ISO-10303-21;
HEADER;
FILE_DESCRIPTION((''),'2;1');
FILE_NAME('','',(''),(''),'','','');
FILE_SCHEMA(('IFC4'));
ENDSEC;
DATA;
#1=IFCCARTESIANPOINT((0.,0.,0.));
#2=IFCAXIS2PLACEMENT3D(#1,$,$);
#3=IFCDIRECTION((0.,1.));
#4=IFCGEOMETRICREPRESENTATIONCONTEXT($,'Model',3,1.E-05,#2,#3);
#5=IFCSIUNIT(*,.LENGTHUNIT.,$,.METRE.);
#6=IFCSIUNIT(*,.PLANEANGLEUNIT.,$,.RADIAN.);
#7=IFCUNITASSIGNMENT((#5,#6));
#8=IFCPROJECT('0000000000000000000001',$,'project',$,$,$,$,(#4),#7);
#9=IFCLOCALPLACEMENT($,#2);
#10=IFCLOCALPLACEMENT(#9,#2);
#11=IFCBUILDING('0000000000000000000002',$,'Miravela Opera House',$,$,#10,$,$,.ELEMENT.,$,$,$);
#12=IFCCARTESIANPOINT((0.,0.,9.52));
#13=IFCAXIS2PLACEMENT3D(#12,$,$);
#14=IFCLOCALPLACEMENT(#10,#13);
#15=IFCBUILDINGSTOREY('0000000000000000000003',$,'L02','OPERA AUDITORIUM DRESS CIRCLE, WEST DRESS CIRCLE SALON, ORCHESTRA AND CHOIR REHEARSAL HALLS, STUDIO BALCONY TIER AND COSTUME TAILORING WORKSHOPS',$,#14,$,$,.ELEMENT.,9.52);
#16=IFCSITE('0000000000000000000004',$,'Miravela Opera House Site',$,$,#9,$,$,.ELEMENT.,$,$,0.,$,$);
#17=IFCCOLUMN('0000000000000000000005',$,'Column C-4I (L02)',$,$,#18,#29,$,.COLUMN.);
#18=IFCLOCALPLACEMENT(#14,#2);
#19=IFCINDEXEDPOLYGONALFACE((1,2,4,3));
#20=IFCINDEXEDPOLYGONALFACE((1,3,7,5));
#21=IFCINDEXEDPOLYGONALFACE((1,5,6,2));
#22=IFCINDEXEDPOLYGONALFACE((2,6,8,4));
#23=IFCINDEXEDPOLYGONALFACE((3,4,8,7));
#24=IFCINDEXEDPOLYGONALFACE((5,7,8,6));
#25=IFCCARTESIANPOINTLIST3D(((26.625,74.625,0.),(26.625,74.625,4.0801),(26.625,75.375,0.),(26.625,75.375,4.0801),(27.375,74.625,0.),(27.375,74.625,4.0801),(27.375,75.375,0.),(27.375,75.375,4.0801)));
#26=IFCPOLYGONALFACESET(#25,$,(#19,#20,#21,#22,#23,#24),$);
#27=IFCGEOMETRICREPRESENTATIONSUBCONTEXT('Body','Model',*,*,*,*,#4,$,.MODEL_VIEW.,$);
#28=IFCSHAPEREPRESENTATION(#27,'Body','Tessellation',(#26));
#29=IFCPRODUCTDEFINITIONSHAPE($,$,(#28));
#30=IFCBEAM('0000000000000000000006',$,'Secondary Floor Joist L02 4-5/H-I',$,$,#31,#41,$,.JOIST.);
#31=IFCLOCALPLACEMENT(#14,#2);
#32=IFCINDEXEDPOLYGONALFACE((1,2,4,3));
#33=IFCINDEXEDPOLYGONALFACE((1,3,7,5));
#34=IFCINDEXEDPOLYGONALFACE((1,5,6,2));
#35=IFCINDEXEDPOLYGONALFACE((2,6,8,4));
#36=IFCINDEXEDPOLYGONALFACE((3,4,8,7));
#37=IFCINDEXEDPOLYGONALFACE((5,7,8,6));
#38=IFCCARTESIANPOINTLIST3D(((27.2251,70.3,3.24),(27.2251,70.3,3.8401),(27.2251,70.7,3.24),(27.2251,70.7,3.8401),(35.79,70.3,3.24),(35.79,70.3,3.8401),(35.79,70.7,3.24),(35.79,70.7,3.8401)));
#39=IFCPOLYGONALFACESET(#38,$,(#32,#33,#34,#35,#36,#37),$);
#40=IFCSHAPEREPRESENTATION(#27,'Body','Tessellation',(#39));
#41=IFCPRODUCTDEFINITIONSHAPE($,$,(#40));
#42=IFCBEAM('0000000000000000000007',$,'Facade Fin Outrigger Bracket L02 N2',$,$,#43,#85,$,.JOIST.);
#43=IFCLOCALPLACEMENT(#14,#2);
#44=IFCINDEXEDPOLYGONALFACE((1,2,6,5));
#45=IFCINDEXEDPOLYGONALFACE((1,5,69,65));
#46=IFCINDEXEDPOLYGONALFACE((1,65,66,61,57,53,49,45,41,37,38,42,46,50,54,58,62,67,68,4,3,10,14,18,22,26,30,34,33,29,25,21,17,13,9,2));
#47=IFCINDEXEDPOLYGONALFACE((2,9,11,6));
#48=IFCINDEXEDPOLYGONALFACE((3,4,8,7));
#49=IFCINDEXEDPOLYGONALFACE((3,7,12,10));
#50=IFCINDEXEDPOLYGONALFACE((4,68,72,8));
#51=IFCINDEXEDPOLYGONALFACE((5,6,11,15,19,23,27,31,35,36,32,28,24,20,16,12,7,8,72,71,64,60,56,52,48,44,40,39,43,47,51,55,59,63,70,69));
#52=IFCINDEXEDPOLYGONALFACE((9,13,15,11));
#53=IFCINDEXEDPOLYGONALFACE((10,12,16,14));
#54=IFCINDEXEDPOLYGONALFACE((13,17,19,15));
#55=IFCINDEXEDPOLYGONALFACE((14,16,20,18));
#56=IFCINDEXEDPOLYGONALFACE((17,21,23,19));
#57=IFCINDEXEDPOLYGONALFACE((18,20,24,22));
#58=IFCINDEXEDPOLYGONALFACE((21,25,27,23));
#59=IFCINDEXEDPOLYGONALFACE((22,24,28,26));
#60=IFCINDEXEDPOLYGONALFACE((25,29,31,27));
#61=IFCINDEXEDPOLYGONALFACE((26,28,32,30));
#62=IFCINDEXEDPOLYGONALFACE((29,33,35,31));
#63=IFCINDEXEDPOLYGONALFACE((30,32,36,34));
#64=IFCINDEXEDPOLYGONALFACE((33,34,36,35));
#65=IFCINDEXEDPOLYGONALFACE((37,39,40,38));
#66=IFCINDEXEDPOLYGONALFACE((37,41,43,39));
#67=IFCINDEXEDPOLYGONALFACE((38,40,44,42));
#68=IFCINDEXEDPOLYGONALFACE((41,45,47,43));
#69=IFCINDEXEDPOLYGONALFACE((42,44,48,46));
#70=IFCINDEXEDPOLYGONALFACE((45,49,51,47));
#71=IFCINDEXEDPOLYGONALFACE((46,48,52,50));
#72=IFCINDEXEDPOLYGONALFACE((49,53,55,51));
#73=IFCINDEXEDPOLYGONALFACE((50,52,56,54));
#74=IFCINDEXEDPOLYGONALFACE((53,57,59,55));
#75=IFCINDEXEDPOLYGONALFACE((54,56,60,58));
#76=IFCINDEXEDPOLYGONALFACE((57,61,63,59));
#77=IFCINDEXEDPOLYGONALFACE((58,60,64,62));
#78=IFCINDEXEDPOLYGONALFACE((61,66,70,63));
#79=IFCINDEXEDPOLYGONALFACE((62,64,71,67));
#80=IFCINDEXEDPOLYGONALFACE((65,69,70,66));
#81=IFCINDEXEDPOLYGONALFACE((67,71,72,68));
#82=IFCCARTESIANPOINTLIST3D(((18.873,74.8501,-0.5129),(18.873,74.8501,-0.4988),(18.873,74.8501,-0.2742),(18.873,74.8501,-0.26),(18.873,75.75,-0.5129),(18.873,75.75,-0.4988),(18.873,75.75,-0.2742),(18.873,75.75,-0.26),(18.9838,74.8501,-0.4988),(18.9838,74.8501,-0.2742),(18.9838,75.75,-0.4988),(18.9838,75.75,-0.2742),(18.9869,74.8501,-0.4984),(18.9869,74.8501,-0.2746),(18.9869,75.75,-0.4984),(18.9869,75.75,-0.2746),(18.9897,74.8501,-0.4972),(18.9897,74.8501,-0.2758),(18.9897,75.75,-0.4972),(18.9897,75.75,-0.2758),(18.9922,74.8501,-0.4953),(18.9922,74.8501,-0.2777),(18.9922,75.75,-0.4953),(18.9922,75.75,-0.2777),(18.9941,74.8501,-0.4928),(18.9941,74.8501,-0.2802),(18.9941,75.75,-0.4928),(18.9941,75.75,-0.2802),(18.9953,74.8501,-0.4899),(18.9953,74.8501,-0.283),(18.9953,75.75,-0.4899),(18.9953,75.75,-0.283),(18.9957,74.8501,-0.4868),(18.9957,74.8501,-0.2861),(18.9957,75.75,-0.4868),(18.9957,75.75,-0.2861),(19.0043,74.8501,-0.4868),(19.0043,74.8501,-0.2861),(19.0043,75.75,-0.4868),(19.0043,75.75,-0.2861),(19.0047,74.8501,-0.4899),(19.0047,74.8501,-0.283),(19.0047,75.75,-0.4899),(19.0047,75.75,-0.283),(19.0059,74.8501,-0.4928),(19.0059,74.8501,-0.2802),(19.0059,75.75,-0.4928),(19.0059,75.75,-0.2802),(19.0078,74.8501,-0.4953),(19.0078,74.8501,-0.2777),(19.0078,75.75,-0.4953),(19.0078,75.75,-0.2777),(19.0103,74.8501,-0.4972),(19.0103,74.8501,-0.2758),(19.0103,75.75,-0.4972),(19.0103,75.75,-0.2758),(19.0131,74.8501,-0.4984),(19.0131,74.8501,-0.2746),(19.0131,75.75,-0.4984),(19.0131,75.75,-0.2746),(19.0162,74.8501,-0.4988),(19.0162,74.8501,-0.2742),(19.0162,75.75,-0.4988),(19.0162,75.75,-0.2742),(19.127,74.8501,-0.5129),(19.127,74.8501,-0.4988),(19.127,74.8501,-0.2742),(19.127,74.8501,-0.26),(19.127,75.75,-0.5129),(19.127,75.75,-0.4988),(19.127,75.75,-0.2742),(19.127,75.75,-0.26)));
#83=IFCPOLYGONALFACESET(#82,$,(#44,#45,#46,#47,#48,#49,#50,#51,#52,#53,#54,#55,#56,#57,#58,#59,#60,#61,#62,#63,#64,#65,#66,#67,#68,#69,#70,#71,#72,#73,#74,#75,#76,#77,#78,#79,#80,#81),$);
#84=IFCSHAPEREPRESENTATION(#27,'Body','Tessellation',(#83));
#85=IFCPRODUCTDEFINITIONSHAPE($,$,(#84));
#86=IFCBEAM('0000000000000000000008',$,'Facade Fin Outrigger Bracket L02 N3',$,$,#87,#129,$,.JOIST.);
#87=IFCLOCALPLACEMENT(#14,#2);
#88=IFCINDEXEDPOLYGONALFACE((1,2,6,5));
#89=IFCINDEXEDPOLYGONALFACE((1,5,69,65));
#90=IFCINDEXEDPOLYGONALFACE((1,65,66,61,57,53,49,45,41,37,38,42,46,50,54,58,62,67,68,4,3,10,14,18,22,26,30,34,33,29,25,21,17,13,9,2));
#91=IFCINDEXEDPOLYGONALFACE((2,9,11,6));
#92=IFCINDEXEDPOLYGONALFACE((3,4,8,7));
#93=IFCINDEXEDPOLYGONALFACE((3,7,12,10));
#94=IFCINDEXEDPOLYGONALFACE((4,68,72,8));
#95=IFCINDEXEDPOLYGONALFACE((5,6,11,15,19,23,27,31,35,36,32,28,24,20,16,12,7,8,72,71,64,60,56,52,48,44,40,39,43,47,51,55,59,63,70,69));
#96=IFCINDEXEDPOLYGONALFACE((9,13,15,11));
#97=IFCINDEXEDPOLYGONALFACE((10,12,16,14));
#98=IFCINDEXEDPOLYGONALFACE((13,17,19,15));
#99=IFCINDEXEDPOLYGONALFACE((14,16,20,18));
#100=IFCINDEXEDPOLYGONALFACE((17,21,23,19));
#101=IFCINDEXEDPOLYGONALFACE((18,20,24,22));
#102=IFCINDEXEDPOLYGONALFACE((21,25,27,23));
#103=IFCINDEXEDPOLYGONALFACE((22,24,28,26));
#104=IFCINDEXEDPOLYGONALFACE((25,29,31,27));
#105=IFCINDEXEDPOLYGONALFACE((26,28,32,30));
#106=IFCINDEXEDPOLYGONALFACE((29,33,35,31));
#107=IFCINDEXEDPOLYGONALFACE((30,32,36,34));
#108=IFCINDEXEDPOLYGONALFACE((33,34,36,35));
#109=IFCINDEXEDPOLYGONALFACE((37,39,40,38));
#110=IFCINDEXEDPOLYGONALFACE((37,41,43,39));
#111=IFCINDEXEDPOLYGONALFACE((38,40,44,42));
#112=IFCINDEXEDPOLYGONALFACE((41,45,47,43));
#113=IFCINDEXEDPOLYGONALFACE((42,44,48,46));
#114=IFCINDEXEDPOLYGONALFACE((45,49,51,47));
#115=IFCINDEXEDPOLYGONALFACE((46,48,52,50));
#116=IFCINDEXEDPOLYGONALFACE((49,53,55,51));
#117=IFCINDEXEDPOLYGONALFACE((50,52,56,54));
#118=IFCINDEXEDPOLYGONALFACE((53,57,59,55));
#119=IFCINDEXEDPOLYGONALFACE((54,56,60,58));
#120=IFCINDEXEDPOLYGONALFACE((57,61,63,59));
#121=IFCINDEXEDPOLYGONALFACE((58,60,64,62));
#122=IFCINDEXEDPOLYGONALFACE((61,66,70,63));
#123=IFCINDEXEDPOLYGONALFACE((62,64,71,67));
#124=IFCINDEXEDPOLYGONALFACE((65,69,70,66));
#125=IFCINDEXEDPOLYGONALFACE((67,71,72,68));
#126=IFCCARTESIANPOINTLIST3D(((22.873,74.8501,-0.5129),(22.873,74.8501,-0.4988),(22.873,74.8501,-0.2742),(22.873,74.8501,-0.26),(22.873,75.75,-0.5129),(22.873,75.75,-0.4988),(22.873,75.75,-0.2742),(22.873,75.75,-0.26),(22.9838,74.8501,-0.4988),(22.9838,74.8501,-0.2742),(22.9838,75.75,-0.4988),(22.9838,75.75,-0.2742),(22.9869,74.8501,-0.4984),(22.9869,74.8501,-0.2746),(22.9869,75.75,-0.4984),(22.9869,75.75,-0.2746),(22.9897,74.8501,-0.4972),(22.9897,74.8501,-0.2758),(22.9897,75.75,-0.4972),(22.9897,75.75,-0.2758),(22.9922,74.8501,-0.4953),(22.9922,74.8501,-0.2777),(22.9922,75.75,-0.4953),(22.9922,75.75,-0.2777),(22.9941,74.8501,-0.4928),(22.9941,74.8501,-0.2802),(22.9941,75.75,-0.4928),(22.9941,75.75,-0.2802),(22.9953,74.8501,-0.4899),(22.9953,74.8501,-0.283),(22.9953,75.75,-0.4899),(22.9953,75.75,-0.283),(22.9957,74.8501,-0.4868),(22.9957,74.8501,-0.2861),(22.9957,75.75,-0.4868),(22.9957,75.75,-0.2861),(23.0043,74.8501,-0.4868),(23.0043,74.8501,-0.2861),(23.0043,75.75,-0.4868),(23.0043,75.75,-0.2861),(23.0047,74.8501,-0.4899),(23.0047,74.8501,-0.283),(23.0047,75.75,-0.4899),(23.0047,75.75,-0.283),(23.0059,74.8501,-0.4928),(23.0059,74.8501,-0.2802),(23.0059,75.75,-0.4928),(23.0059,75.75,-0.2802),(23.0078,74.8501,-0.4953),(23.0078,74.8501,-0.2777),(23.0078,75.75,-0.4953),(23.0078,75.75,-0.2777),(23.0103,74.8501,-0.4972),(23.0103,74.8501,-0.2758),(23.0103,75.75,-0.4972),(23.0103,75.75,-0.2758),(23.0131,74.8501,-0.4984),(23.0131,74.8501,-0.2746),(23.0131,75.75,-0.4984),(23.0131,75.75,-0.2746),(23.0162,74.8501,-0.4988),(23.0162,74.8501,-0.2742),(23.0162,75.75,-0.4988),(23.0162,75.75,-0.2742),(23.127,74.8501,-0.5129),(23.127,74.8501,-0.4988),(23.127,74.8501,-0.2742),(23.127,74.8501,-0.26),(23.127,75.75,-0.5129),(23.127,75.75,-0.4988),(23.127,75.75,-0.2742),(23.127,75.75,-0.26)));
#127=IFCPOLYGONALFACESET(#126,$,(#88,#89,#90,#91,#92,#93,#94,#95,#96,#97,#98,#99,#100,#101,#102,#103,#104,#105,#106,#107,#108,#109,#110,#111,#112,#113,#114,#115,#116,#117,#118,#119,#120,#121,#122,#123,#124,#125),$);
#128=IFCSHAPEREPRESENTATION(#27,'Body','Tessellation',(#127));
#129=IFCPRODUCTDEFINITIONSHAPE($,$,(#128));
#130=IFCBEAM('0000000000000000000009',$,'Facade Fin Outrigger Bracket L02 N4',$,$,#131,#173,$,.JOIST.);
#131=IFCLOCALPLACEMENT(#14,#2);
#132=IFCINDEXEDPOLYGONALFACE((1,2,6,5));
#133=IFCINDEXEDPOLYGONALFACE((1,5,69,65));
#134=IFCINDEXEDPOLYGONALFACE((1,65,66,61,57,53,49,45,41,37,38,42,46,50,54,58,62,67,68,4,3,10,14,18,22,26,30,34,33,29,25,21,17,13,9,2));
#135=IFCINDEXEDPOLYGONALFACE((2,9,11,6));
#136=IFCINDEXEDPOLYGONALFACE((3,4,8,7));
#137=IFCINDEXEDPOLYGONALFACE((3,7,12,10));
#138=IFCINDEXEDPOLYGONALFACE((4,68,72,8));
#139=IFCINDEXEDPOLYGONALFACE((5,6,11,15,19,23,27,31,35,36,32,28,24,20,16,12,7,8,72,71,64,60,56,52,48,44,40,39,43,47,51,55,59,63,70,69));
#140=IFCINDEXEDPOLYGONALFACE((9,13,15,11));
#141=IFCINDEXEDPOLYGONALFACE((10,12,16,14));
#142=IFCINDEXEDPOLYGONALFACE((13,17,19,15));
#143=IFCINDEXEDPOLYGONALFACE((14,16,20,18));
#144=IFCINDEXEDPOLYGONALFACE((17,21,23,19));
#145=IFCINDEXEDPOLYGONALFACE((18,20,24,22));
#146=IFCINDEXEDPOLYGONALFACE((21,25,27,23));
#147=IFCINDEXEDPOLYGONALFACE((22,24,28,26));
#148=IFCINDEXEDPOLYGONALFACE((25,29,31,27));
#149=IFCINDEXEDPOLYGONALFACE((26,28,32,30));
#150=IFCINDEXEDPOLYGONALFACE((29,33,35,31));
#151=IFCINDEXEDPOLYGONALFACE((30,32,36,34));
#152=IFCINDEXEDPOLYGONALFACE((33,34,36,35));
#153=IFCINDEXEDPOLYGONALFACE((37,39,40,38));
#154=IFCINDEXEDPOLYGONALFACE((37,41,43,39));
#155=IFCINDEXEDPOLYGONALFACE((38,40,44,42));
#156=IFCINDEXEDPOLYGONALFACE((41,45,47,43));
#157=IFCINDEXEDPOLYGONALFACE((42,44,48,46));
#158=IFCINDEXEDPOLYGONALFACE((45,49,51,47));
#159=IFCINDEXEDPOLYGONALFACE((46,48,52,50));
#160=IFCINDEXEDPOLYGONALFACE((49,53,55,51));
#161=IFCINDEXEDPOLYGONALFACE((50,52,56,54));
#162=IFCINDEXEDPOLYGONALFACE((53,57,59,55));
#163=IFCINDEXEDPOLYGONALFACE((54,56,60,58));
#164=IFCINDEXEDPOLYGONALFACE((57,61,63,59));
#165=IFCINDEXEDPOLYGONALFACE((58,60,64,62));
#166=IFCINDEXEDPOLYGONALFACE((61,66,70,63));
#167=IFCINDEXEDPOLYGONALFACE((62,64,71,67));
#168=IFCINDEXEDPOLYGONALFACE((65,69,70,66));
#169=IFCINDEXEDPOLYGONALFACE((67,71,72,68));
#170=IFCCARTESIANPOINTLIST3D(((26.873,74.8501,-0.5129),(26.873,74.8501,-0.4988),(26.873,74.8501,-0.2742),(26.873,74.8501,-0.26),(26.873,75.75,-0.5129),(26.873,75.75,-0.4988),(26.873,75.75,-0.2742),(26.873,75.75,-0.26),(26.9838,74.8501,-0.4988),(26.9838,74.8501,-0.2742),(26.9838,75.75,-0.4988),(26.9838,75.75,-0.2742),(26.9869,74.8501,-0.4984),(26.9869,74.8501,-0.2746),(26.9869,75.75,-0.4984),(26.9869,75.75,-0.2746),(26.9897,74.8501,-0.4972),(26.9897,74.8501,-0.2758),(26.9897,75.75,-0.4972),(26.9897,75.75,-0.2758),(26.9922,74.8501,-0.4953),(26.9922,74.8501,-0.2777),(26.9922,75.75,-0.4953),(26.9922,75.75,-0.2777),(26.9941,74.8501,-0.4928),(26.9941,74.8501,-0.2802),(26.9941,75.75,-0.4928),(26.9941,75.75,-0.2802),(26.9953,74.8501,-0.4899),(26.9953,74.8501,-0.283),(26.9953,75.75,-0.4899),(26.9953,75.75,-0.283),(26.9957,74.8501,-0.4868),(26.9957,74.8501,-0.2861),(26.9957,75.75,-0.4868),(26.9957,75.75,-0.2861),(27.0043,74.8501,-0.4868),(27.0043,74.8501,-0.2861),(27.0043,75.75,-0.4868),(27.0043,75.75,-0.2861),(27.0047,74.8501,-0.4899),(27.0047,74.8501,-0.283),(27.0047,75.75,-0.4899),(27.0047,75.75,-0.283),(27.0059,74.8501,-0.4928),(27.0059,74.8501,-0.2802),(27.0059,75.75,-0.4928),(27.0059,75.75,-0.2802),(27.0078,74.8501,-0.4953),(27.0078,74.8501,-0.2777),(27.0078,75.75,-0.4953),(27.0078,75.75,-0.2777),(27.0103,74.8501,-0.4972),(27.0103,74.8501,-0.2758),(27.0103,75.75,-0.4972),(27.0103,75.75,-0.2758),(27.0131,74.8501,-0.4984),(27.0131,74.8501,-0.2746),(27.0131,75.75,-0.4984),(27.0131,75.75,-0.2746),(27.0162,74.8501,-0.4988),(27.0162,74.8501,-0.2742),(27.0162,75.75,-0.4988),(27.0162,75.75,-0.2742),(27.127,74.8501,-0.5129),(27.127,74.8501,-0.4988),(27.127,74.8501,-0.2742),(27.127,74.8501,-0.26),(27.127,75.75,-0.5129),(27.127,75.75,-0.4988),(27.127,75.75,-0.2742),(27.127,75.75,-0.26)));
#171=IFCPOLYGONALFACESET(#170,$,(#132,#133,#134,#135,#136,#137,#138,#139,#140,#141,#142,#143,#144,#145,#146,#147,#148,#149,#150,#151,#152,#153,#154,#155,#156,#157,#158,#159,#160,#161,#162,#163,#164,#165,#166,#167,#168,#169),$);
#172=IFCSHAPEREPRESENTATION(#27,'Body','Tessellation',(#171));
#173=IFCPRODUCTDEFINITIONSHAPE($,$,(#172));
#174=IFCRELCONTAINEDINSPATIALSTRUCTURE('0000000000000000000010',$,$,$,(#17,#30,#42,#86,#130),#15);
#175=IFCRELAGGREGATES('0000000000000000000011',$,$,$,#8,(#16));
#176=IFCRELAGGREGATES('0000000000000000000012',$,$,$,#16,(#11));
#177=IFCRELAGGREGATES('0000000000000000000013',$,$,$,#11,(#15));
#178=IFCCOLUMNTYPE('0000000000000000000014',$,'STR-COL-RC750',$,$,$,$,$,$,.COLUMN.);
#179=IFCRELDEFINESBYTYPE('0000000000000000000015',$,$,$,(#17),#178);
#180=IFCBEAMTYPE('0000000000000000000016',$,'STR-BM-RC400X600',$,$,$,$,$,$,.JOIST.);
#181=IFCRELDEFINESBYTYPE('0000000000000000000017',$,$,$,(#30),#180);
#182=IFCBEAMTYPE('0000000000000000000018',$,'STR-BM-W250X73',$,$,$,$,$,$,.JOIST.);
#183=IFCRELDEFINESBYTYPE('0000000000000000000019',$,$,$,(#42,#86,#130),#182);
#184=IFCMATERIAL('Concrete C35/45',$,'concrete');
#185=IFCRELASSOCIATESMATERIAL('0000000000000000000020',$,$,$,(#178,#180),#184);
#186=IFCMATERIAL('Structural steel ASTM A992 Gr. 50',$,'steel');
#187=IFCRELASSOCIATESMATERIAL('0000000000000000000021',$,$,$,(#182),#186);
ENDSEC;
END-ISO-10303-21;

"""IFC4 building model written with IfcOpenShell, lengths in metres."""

from ifc_helpers import new_model, si_unit, direction, frame, origin, origin_2d, place, context, subcontext, project, spatial, rectangle, i_section, extrude, material, material_profile, profile_set, type_object, element, save


model = new_model("IFC4")

# Units and contexts
model_context = context("Model", 3, precision=1e-05, world=origin(), true_north=direction((0.0, 1.0)))
body_context = subcontext(model_context, "Body", "Model", "MODEL_VIEW")
ifc_project = project(units=[si_unit("LENGTHUNIT", "METRE"), si_unit("PLANEANGLEUNIT", "RADIAN")], contexts=[model_context])

# Site, building, storey
site_placement = place(None, origin())
site = spatial("IfcSite", under=ifc_project, at=site_placement, Name="Miravela Opera House Site", CompositionType="ELEMENT", RefElevation=0.0)
building_placement = place(site_placement, origin())
building = spatial("IfcBuilding", under=site, at=building_placement, Name="Miravela Opera House", CompositionType="ELEMENT")
storey_placement = place(building_placement, frame((0.0, 0.0, 9.52)))
storey = spatial("IfcBuildingStorey", under=building, at=storey_placement, Name="L02", Description="OPERA AUDITORIUM DRESS CIRCLE, WEST DRESS CIRCLE SALON, ORCHESTRA AND CHOIR REHEARSAL HALLS, STUDIO BALCONY TIER AND COSTUME TAILORING WORKSHOPS", CompositionType="ELEMENT", Elevation=9.52)

# Column
ifc_material_1 = material(Name="Concrete C35/45", Category="concrete")
ifc_material_profile_1 = material_profile(ifc_material_1, rectangle(XDim=0.75, YDim=0.75, at=origin_2d()), Name="RC-COL-750X750")
ifc_profile_set_1 = profile_set([ifc_material_profile_1])
column_type = type_object("IfcColumnType", Name="STR-COL-RC750", PredefinedType="COLUMN", material=ifc_profile_set_1)
column_placement = place(storey_placement, frame((27.0, 75.0, 0.0), z_axis=(0.0, 0.0, 1.0), x_axis=(1.0, 0.0, 0.0)))
element("IfcColumn", 1, at=column_placement, inside=storey, type_object=column_type, Name="Column C-4I (L02)", PredefinedType="COLUMN", context=body_context, shape_type="SweptSolid", body=[
    extrude(rectangle(XDim=0.75, YDim=0.75, at=origin_2d()), origin(), (0.0, 0.0, 1.0), 4.0801),
])

# Beams
ifc_material_profile_2 = material_profile(ifc_material_1, rectangle(XDim=0.3999, YDim=0.6001, at=origin_2d()), Name="RC-BM-400X600")
ifc_profile_set_2 = profile_set([ifc_material_profile_2])
beam_type_1 = type_object("IfcBeamType", Name="STR-BM-RC400X600", PredefinedType="JOIST", material=ifc_profile_set_2)
beam_placement = place(storey_placement, frame((27.2251, 70.5, 3.54), z_axis=(1.0, 0.0, 0.0), x_axis=(0.0, 1.0, 0.0)))
element("IfcBeam", 2, at=beam_placement, inside=storey, type_object=beam_type_1, Name="Secondary Floor Joist L02 4-5/H-I", PredefinedType="JOIST", context=body_context, shape_type="SweptSolid", body=[
    extrude(rectangle(XDim=0.3999, YDim=0.6001, at=origin_2d()), origin(), (0.0, 0.0, 1.0), 8.5649),
])
ifc_material_2 = material(Name="Structural steel ASTM A992 Gr. 50", Category="steel")
ifc_material_profile_3 = material_profile(ifc_material_2, i_section(OverallWidth=0.2539, OverallDepth=0.2529, WebThickness=0.0085, FlangeThickness=0.0142, FilletRadius=0.012, at=origin_2d()), Name="W250X73")
ifc_profile_set_3 = profile_set([ifc_material_profile_3])
beam_type_2 = type_object("IfcBeamType", Name="STR-BM-W250X73", PredefinedType="JOIST", material=ifc_profile_set_3)
for number, where, z_axis, x_axis, name in (
    (3, (19.0, 74.8501, -0.3865), (0.0, 1.0, 0.0), (-1.0, 0.0, 0.0), "Facade Fin Outrigger Bracket L02 N2"),
    (4, (23.0, 74.8501, -0.3865), (0.0, 1.0, 0.0), (-1.0, 0.0, 0.0), "Facade Fin Outrigger Bracket L02 N3"),
    (5, (27.0, 74.8501, -0.3865), (0.0, 1.0, 0.0), (-1.0, 0.0, 0.0), "Facade Fin Outrigger Bracket L02 N4"),
):
    element("IfcBeam", number, at=place(storey_placement, frame(where, z_axis=z_axis, x_axis=x_axis)), inside=storey, type_object=beam_type_2, Name=name, PredefinedType="JOIST", context=body_context, shape_type="SweptSolid", body=[
        extrude(i_section(OverallWidth=0.2539, OverallDepth=0.2529, WebThickness=0.0085, FlangeThickness=0.0142, FilletRadius=0.012, at=origin_2d()), origin(), (0.0, 0.0, 1.0), 0.8999),
    ])

save(model, "model.ifc")
